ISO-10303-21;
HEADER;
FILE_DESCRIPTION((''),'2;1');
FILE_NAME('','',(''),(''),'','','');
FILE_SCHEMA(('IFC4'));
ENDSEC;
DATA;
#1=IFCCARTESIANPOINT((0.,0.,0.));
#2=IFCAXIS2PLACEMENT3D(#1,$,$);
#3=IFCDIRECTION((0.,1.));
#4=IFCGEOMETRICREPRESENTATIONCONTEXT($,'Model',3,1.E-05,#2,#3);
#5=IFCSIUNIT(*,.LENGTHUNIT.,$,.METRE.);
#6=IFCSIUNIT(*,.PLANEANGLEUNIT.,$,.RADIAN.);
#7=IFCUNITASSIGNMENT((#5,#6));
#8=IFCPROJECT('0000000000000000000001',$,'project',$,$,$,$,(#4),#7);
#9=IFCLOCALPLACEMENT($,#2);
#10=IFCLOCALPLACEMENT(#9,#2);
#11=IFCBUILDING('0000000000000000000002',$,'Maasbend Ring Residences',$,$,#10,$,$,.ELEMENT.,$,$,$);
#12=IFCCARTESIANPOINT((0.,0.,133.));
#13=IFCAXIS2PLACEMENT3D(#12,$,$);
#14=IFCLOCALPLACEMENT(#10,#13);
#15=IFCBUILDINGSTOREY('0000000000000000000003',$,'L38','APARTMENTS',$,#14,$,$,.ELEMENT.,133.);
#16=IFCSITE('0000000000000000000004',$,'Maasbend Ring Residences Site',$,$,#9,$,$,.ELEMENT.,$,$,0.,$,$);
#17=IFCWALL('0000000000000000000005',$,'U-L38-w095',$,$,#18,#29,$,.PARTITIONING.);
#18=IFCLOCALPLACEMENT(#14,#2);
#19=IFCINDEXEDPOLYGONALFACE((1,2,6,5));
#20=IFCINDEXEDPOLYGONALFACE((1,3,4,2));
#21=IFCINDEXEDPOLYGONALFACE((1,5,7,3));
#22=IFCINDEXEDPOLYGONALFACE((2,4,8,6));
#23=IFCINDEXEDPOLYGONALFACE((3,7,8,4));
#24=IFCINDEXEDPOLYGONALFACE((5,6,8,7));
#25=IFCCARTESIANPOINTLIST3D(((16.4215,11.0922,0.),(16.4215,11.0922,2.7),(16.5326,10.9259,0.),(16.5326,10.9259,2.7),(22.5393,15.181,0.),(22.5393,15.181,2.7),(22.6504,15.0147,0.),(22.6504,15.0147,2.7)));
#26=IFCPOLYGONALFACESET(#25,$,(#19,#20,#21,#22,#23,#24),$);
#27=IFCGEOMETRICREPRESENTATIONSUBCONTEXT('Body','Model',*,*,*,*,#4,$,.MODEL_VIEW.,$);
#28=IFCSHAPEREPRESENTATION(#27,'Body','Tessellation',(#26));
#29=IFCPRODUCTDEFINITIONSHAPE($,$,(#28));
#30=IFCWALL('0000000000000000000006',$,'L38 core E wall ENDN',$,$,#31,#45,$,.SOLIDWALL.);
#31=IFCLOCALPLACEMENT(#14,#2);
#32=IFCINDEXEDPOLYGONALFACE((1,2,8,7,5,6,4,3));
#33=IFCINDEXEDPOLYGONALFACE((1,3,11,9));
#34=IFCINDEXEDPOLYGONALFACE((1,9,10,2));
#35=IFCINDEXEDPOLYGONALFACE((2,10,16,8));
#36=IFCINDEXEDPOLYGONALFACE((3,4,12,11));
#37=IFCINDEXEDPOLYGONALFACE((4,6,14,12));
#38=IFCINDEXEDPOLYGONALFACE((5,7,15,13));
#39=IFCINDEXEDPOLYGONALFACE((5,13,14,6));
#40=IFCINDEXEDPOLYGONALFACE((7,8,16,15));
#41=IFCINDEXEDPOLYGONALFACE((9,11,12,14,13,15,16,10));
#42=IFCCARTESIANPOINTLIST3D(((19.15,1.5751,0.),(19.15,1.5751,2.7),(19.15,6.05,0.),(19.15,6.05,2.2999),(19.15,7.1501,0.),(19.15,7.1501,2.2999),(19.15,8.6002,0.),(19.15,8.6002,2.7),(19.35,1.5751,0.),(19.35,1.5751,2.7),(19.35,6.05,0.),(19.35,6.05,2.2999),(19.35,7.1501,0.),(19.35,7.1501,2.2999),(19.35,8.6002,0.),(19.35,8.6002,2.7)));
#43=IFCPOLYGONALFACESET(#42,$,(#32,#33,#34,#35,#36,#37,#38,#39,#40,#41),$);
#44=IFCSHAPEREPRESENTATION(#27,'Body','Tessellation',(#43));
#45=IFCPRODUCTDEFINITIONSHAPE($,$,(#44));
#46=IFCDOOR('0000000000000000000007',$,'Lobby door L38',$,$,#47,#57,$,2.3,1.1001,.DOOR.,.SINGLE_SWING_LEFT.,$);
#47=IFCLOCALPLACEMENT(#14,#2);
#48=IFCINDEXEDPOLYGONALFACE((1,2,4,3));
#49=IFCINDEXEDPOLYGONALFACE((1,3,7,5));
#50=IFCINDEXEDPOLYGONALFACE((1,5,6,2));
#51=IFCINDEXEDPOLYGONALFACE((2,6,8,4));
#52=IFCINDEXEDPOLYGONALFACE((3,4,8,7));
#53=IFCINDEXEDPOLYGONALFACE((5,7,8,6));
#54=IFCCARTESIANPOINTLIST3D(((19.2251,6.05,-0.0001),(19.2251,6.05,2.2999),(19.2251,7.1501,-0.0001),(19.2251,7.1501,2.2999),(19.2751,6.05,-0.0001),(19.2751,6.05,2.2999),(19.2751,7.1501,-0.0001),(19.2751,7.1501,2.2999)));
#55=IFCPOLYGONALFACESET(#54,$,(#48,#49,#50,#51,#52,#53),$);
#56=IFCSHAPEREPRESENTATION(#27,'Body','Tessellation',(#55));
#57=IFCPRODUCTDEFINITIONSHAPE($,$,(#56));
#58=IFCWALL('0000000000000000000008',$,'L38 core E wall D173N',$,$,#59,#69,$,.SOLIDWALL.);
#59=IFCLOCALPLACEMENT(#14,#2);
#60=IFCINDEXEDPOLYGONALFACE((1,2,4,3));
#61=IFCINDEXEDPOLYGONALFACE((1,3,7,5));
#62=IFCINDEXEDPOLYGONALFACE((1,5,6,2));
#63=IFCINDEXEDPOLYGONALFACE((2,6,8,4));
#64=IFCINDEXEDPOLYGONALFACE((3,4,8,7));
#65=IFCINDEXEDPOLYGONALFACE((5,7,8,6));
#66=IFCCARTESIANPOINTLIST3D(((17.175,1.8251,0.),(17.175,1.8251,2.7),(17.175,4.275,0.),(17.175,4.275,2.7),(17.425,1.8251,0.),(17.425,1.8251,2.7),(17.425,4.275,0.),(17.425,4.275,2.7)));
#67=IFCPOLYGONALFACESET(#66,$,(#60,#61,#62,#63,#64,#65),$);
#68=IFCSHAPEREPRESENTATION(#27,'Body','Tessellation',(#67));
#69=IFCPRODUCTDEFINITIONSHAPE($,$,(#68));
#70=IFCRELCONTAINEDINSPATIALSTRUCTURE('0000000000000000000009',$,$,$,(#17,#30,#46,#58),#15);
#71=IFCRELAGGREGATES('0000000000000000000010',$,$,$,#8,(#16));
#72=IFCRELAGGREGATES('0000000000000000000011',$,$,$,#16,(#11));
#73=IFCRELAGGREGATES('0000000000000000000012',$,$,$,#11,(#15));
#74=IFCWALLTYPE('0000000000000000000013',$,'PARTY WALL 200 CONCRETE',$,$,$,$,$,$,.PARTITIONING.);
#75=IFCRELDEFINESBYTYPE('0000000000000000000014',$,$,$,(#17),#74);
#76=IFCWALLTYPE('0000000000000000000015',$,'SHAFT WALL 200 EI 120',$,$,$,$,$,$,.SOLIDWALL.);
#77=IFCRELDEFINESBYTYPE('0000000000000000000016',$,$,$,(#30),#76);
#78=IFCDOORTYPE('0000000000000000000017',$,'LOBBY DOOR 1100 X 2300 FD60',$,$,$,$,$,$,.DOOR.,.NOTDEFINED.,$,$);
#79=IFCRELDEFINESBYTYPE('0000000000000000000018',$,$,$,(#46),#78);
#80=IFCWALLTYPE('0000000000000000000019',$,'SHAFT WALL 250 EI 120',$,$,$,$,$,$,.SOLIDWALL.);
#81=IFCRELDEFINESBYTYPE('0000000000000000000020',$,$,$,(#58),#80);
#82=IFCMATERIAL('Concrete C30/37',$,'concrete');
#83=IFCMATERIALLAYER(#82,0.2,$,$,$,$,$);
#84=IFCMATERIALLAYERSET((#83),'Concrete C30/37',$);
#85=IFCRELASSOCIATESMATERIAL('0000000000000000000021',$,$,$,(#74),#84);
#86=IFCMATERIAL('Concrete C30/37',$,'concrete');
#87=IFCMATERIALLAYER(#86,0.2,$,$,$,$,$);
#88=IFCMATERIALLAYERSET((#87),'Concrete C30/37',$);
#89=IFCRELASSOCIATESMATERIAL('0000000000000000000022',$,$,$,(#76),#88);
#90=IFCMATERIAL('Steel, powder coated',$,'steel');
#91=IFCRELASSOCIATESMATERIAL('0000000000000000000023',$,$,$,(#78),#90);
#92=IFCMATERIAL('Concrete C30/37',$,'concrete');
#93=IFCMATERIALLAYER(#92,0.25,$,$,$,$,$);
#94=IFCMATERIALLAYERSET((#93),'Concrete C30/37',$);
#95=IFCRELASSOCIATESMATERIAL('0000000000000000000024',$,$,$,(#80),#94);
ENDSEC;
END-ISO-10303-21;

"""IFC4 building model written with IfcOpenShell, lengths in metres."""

from ifc_helpers import new_model, si_unit, direction, frame, frame_2d, origin, place, context, subcontext, project, spatial, rectangle, extrude, material, layer, layer_set, type_object, element, fill, save


model = new_model("IFC4")

# Units and contexts
model_context = context("Model", 3, precision=1e-05, world=origin(), true_north=direction((0.0, 1.0)))
body_context = subcontext(model_context, "Body", "Model", "MODEL_VIEW")
ifc_project = project(units=[si_unit("LENGTHUNIT", "METRE"), si_unit("PLANEANGLEUNIT", "RADIAN")], contexts=[model_context])

# Site, building, storey
site_placement = place(None, origin())
site = spatial("IfcSite", under=ifc_project, at=site_placement, Name="Maasbend Ring Residences Site", CompositionType="ELEMENT", RefElevation=0.0)
building_placement = place(site_placement, origin())
building = spatial("IfcBuilding", under=site, at=building_placement, Name="Maasbend Ring Residences", CompositionType="ELEMENT")
storey_placement = place(building_placement, frame((0.0, 0.0, 133.0)))
storey = spatial("IfcBuildingStorey", under=building, at=storey_placement, Name="L38", Description="APARTMENTS", CompositionType="ELEMENT", Elevation=133.0)

# Wall
ifc_material_1 = material(Name="Concrete C30/37", Category="concrete")
ifc_layer_1 = layer(ifc_material_1, 0.2)
ifc_layer_set_1 = layer_set([ifc_layer_1], Name="Concrete C30/37")
wall_type_1 = type_object("IfcWallType", Name="PARTY WALL 200 CONCRETE", PredefinedType="PARTITIONING", material=ifc_layer_set_1)
wall_1_placement = place(storey_placement, frame((16.4771, 11.009, 0.0), z_axis=(0.0, 0.0, 1.0), x_axis=(0.831407, 0.555665, 0.0)))
element("IfcWall", 1, at=wall_1_placement, inside=storey, type_object=wall_type_1, Name="U-L38-w095", PredefinedType="PARTITIONING", context=body_context, shape_type="SweptSolid", body=[
    extrude(rectangle(XDim=7.3584, YDim=0.2, at=frame_2d((3.6792, 0.0))), origin(), (0.0, 0.0, 1.0), 2.7),
])

# Wall, opening, door
ifc_material_2 = material(Name="Concrete C30/37", Category="concrete")
ifc_layer_2 = layer(ifc_material_2, 0.2)
ifc_layer_set_2 = layer_set([ifc_layer_2], Name="Concrete C30/37")
wall_type_2 = type_object("IfcWallType", Name="SHAFT WALL 200 EI 120", PredefinedType="SOLIDWALL", material=ifc_layer_set_2)
wall_2_placement = place(storey_placement, frame((19.25, 1.575, 0.0), z_axis=(0.0, 0.0, 1.0), x_axis=(0.0, 1.0, 0.0)))
wall_2 = element("IfcWall", 2, at=wall_2_placement, inside=storey, type_object=wall_type_2, Name="L38 core E wall ENDN", PredefinedType="SOLIDWALL", context=body_context, shape_type="SweptSolid", body=[
    extrude(rectangle(XDim=7.0251, YDim=0.2, at=frame_2d((3.5127, 0.0))), origin(), (0.0, 0.0, 1.0), 2.7),
])
opening_1_placement = place(wall_2_placement, frame((4.4751, 0.0, 0.0)))
opening_1 = element("IfcOpeningElement", 3, at=opening_1_placement, cuts=wall_2, PredefinedType="OPENING", context=body_context, shape_type="SweptSolid", body=[
    extrude(rectangle(XDim=1.1001, YDim=2.3, at=frame_2d((0.55, 1.1499))), frame((0.0, 0.1099, 0.0), z_axis=(0.0, -1.0, 0.0), x_axis=(1.0, 0.0, 0.0)), (0.0, 0.0, 1.0), 0.22),
])
ifc_material_3 = material(Name="Steel, powder coated", Category="steel")
door_type_1 = type_object("IfcDoorType", Name="LOBBY DOOR 1100 X 2300 FD60", OperationType="NOTDEFINED", PredefinedType="DOOR", material=ifc_material_3)
door_1_placement = place(opening_1_placement, origin())
door_1 = element("IfcDoor", 4, at=door_1_placement, inside=storey, type_object=door_type_1, Name="Lobby door L38", OperationType="SINGLE_SWING_LEFT", OverallHeight=2.3, OverallWidth=1.1001, PredefinedType="DOOR", context=body_context, shape_type="SweptSolid", body=[
    extrude(rectangle(XDim=1.1001, YDim=2.3, at=frame_2d((0.55, 1.1499))), frame((0.0, 0.0249, 0.0), z_axis=(0.0, -1.0, 0.0), x_axis=(1.0, 0.0, 0.0)), (0.0, 0.0, 1.0), 0.05),
])
fill(opening_1, door_1)

# Wall
ifc_material_4 = material(Name="Concrete C30/37", Category="concrete")
ifc_layer_3 = layer(ifc_material_4, 0.25)
ifc_layer_set_3 = layer_set([ifc_layer_3], Name="Concrete C30/37")
wall_type_3 = type_object("IfcWallType", Name="SHAFT WALL 250 EI 120", PredefinedType="SOLIDWALL", material=ifc_layer_set_3)
wall_3_placement = place(storey_placement, frame((17.3, 1.825, 0.0), z_axis=(0.0, 0.0, 1.0), x_axis=(0.0, 1.0, 0.0)))
element("IfcWall", 5, at=wall_3_placement, inside=storey, type_object=wall_type_3, Name="L38 core E wall D173N", PredefinedType="SOLIDWALL", context=body_context, shape_type="SweptSolid", body=[
    extrude(rectangle(XDim=2.45, YDim=0.25, at=frame_2d((1.2251, 0.0))), origin(), (0.0, 0.0, 1.0), 2.7),
])

save(model, "model.ifc")
